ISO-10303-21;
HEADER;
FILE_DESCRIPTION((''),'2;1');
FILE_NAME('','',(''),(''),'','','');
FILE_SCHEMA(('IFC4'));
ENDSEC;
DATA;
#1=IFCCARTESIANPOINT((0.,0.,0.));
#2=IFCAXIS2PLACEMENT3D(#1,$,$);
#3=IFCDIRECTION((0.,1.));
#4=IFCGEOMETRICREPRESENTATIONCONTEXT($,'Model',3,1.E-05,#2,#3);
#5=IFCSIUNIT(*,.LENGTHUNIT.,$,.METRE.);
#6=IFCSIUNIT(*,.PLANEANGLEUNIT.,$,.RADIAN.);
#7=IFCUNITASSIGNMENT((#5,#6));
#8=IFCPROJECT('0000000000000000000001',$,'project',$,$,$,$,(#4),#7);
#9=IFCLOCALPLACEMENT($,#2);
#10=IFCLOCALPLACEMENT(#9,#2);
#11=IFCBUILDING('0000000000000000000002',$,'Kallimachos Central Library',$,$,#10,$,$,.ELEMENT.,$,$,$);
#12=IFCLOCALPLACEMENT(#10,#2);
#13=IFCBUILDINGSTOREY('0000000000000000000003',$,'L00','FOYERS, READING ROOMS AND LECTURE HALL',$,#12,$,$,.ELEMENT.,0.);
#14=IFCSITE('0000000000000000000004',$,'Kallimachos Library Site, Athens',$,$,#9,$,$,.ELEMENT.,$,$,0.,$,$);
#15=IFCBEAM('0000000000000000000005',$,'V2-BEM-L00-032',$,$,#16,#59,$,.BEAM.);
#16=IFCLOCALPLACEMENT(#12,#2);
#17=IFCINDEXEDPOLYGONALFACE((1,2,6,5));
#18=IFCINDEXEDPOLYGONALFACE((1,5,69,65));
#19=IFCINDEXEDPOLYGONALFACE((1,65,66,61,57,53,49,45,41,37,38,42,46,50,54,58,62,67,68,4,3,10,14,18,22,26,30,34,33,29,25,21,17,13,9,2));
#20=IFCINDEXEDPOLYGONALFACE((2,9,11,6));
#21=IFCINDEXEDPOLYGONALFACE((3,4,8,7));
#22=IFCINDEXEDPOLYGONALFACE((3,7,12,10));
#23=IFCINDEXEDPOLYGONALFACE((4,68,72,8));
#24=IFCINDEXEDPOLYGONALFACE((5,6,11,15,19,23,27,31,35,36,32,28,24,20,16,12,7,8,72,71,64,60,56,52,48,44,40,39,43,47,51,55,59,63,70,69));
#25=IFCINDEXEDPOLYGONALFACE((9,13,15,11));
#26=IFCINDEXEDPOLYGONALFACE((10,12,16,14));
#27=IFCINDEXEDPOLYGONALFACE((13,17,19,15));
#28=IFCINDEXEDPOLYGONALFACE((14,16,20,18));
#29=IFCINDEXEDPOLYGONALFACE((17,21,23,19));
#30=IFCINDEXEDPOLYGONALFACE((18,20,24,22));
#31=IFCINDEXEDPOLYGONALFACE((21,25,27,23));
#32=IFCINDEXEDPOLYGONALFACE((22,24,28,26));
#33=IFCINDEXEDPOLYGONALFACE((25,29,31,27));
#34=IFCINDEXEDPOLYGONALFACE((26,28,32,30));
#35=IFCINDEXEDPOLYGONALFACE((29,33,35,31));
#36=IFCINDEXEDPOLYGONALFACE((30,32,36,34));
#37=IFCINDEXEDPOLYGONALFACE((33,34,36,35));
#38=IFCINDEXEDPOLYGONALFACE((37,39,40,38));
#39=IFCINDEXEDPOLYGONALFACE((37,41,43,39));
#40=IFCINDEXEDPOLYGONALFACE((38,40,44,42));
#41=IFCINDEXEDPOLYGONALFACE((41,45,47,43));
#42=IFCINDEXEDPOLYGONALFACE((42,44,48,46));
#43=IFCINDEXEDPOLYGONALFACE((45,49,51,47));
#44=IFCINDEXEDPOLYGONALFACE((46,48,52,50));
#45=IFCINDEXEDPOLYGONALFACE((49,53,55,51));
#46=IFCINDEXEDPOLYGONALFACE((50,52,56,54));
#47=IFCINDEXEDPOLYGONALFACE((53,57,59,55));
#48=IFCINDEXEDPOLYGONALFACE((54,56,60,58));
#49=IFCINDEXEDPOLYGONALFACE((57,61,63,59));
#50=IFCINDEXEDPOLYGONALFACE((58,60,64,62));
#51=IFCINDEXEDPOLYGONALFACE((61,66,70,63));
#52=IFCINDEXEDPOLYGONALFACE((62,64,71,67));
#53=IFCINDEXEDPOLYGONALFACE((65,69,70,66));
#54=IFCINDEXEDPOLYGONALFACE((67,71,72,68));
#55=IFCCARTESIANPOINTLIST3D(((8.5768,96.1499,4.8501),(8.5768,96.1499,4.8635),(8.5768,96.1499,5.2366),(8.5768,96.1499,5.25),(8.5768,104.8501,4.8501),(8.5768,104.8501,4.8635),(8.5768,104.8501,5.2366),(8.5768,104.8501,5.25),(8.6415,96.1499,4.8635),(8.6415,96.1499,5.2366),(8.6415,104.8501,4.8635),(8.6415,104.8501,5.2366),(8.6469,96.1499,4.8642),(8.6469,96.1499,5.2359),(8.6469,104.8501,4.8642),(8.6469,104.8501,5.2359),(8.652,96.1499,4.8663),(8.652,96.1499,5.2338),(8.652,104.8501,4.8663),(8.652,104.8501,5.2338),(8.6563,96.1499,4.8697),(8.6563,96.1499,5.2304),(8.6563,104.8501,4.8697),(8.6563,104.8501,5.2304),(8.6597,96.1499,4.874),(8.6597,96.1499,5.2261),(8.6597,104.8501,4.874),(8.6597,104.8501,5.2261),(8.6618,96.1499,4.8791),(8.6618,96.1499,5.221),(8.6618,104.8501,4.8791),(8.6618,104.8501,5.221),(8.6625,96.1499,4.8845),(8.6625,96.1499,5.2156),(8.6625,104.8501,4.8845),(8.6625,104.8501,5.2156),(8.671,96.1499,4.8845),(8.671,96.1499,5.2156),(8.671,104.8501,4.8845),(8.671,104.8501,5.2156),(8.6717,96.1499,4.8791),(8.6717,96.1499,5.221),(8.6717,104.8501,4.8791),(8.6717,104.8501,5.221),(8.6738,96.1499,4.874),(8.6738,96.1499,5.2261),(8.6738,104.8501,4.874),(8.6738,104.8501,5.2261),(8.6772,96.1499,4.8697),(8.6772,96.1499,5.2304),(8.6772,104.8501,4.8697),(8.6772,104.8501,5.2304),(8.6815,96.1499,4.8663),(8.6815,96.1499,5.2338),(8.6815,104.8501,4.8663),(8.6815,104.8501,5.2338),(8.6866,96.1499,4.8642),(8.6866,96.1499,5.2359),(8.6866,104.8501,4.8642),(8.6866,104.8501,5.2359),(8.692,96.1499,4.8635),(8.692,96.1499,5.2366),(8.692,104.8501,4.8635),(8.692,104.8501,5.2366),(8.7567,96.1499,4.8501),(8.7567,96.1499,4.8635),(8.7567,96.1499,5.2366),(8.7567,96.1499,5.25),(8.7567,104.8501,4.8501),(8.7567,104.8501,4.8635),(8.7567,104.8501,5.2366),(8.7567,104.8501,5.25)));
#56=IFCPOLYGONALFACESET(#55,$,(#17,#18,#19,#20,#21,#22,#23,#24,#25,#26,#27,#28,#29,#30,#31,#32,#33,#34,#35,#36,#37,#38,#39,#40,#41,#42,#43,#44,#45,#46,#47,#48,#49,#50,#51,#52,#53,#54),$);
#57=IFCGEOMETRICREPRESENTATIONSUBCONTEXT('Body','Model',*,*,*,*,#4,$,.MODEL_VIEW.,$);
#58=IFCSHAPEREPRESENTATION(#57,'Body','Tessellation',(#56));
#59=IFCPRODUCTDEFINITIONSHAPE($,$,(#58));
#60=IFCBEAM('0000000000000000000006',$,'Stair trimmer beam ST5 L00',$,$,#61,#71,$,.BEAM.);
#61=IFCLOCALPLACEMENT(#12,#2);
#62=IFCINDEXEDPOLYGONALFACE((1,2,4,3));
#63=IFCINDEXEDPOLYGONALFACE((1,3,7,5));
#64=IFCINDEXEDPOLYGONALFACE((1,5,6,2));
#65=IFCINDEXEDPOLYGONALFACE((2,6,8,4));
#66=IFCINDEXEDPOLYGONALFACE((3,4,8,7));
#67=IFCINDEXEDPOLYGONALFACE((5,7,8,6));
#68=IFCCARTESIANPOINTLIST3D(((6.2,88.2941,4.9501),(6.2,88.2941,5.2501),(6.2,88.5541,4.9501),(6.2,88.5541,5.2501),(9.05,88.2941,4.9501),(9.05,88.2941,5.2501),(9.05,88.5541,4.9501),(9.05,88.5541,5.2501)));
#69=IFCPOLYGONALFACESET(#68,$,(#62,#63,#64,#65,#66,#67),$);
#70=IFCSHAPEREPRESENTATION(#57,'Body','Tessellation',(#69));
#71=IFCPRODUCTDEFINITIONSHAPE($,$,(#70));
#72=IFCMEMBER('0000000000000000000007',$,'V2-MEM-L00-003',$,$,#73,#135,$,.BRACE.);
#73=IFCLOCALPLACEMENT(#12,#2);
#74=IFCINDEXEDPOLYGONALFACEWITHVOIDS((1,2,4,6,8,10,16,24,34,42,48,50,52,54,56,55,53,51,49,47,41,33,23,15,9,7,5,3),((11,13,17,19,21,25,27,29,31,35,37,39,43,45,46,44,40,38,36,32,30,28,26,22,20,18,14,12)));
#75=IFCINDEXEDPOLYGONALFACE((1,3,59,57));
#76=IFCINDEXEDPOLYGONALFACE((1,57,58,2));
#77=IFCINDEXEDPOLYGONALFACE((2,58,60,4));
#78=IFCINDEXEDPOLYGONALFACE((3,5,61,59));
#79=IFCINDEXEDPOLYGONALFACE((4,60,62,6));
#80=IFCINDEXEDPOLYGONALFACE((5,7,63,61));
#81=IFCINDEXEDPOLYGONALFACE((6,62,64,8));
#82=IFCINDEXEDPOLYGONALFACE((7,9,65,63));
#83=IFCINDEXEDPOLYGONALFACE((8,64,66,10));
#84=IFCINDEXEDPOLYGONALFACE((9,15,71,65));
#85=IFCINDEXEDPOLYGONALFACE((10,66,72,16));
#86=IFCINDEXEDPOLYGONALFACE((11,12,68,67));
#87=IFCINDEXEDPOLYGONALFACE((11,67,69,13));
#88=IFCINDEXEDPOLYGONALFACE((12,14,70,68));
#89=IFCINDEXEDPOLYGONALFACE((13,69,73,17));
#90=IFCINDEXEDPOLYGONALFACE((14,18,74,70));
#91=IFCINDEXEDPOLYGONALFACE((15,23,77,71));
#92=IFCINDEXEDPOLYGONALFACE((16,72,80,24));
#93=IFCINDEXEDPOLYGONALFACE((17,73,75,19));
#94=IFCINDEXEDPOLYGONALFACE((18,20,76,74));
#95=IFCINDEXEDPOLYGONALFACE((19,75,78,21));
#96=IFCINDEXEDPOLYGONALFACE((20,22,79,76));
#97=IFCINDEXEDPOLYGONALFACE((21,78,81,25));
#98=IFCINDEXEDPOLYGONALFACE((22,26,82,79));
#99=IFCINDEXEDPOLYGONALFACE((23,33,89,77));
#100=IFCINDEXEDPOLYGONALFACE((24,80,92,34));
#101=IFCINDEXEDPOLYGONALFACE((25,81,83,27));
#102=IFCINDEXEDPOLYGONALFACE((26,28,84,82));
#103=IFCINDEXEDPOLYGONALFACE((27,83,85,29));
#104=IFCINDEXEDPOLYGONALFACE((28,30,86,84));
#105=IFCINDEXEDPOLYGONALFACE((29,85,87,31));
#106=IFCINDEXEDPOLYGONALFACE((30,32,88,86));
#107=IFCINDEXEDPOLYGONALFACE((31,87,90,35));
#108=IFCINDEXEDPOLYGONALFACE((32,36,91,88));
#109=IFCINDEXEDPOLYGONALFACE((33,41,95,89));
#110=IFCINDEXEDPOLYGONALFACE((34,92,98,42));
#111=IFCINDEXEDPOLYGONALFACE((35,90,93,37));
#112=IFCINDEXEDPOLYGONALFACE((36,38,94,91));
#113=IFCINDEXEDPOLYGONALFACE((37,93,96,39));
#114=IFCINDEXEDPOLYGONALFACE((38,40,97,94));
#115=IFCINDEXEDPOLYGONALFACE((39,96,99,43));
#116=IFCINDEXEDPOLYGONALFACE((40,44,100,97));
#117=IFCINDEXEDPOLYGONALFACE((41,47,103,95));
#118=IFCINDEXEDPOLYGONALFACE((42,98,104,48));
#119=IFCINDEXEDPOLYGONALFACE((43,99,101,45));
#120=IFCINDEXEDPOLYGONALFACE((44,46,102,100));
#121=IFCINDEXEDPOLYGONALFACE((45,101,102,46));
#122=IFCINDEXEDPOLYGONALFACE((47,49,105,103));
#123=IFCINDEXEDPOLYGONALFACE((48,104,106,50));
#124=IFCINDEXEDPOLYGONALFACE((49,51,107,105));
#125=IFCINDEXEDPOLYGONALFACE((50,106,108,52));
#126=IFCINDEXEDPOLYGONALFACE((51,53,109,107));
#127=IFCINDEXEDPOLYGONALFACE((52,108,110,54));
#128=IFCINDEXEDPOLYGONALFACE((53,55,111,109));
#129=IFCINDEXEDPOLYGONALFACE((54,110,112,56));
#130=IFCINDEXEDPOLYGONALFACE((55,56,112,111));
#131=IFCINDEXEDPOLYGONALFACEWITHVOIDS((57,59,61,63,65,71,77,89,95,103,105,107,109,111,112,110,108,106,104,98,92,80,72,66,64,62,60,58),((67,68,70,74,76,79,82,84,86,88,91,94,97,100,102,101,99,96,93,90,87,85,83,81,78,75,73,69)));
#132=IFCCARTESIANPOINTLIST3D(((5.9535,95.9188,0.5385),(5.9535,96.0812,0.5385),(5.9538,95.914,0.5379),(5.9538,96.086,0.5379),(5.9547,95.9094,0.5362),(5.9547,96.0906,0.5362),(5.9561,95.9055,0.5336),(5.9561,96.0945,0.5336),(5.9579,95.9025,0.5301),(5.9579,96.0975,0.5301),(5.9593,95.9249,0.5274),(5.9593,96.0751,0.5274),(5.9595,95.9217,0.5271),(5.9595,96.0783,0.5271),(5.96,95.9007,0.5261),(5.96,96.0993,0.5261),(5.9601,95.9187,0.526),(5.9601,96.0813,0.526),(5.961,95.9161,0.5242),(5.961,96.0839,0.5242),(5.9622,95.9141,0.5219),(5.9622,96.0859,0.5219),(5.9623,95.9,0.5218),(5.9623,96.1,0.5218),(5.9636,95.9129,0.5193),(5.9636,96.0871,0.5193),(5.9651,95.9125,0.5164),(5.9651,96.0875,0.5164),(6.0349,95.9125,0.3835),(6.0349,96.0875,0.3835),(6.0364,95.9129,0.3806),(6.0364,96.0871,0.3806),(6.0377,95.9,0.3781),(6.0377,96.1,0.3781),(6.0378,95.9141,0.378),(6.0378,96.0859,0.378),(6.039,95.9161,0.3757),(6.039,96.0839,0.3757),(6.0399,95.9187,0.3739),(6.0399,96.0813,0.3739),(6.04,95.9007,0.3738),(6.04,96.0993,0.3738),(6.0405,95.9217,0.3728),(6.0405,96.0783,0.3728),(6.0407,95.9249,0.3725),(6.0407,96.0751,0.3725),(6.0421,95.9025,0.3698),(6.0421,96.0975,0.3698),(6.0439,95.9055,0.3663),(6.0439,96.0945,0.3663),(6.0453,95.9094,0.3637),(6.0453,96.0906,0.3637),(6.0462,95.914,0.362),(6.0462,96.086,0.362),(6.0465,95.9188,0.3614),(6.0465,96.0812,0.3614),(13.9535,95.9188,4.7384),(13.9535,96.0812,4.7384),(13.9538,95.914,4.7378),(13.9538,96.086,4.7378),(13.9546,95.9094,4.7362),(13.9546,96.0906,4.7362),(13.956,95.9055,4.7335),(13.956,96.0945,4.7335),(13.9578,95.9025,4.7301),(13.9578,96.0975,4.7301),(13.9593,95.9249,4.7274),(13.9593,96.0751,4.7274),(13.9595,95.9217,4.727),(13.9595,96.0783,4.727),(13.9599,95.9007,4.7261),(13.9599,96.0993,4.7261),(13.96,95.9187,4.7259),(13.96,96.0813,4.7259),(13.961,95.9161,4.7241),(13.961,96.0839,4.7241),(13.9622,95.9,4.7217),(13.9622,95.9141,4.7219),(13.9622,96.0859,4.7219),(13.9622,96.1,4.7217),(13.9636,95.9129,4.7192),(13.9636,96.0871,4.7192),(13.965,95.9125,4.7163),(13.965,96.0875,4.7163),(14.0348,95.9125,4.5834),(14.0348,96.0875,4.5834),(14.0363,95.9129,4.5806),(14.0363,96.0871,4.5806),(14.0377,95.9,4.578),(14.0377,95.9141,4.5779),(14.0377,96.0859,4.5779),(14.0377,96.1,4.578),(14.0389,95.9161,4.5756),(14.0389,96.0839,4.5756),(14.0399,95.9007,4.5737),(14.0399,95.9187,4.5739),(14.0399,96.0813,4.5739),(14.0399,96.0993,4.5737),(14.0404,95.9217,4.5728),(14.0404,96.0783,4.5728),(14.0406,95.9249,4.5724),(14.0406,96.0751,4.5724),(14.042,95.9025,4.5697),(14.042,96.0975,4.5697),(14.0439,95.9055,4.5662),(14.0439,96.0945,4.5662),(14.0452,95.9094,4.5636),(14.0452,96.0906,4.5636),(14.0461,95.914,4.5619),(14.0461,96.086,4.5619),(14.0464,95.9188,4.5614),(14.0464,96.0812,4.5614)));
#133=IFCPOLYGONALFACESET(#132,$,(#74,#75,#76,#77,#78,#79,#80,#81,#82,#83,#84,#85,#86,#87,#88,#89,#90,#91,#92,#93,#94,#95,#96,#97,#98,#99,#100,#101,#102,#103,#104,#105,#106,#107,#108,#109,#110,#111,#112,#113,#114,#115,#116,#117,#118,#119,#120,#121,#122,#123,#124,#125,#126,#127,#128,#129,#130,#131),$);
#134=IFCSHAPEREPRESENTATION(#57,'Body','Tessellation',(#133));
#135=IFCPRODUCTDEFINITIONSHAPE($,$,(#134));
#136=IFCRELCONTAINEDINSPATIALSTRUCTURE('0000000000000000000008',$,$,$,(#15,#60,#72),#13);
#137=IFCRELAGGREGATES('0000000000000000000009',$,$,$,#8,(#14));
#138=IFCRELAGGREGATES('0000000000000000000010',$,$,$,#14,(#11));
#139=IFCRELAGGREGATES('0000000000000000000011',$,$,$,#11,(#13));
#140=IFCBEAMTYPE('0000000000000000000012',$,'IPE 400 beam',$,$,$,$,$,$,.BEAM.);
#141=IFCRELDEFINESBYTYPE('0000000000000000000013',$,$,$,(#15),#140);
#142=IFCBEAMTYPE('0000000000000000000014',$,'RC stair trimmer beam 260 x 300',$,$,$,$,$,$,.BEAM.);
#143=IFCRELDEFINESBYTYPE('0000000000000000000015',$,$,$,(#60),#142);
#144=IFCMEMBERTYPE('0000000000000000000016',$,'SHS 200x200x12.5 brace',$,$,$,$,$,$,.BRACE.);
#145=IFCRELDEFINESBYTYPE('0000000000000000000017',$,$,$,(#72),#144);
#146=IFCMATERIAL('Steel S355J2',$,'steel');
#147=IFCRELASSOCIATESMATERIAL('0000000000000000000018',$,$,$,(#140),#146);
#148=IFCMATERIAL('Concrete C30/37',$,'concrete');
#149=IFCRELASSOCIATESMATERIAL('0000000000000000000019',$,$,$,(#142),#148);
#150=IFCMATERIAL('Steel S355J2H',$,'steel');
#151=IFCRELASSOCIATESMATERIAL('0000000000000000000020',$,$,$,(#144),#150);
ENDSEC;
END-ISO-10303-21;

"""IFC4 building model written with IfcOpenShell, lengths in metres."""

from ifc_helpers import new_model, si_unit, direction, frame, origin, origin_2d, place, context, subcontext, project, spatial, rectangle, hollow_rectangle, i_section, extrude, material, material_profile, profile_set, type_object, element, save


model = new_model("IFC4")

# Units and contexts
model_context = context("Model", 3, precision=1e-05, world=origin(), true_north=direction((0.0, 1.0)))
body_context = subcontext(model_context, "Body", "Model", "MODEL_VIEW")
ifc_project = project(units=[si_unit("LENGTHUNIT", "METRE"), si_unit("PLANEANGLEUNIT", "RADIAN")], contexts=[model_context])

# Site, building, storey
site_placement = place(None, origin())
site = spatial("IfcSite", under=ifc_project, at=site_placement, Name="Kallimachos Library Site, Athens", CompositionType="ELEMENT", RefElevation=0.0)
building_placement = place(site_placement, origin())
building = spatial("IfcBuilding", under=site, at=building_placement, Name="Kallimachos Central Library", CompositionType="ELEMENT")
storey_placement = place(building_placement, origin())
storey = spatial("IfcBuildingStorey", under=building, at=storey_placement, Name="L00", Description="FOYERS, READING ROOMS AND LECTURE HALL", CompositionType="ELEMENT", Elevation=0.0)

# Beams
ifc_material_1 = material(Name="Steel S355J2", Category="steel")
ifc_material_profile_1 = material_profile(ifc_material_1, i_section(OverallWidth=0.1799, OverallDepth=0.3999, WebThickness=0.0085, FlangeThickness=0.0134, FilletRadius=0.021, at=origin_2d()), Name="IPE 400")
ifc_profile_set_1 = profile_set([ifc_material_profile_1], Name="Steel S355J2")
beam_type_1 = type_object("IfcBeamType", Name="IPE 400 beam", PredefinedType="BEAM", material=ifc_profile_set_1)
beam_1_placement = place(storey_placement, frame((8.6667, 96.1499, 5.05), z_axis=(0.0, 1.0, 0.0), x_axis=(-1.0, 0.0, 0.0)))
element("IfcBeam", 1, at=beam_1_placement, inside=storey, type_object=beam_type_1, Name="V2-BEM-L00-032", PredefinedType="BEAM", context=body_context, shape_type="SweptSolid", body=[
    extrude(i_section(OverallWidth=0.1799, OverallDepth=0.3999, WebThickness=0.0085, FlangeThickness=0.0134, FilletRadius=0.021, at=origin_2d()), origin(), (0.0, 0.0, 1.0), 8.7002),
])
ifc_material_2 = material(Name="Concrete C30/37", Category="concrete")
ifc_material_profile_2 = material_profile(ifc_material_2, rectangle(XDim=0.26, YDim=0.3, at=origin_2d()), Name="RC stair trimmer beam 260 x 300")
ifc_profile_set_2 = profile_set([ifc_material_profile_2], Name="Concrete C30/37")
beam_type_2 = type_object("IfcBeamType", Name="RC stair trimmer beam 260 x 300", PredefinedType="BEAM", material=ifc_profile_set_2)
beam_2_placement = place(storey_placement, frame((9.05, 88.4241, 5.1001), z_axis=(-1.0, 0.0, 0.0), x_axis=(0.0, -1.0, 0.0)))
element("IfcBeam", 2, at=beam_2_placement, inside=storey, type_object=beam_type_2, Name="Stair trimmer beam ST5 L00", PredefinedType="BEAM", context=body_context, shape_type="SweptSolid", body=[
    extrude(rectangle(XDim=0.26, YDim=0.3, at=origin_2d()), origin(), (0.0, 0.0, 1.0), 2.8501),
])

# Member
ifc_material_3 = material(Name="Steel S355J2H", Category="steel")
ifc_material_profile_3 = material_profile(ifc_material_3, hollow_rectangle(XDim=0.2, YDim=0.2, WallThickness=0.0125, InnerFilletRadius=0.0125, OuterFilletRadius=0.0188, at=origin_2d()), Name="SHS 200x200x12.5")
ifc_profile_set_3 = profile_set([ifc_material_profile_3], Name="Steel S355J2H")
member_type = type_object("IfcMemberType", Name="SHS 200x200x12.5 brace", PredefinedType="BRACE", material=ifc_profile_set_3)
for number, where, z_axis, x_axis, name in (
    (3, (6.0, 96.0, 0.45), (0.8854, 0.0, 0.46483), (0.0, 1.0, 0.0), "V2-MEM-L00-003"),
):
    element("IfcMember", number, at=place(storey_placement, frame(where, z_axis=z_axis, x_axis=x_axis)), inside=storey, type_object=member_type, Name=name, PredefinedType="BRACE", context=body_context, shape_type="SweptSolid", body=[
        extrude(hollow_rectangle(XDim=0.2, YDim=0.2, WallThickness=0.0125, InnerFilletRadius=0.0125, OuterFilletRadius=0.0188, at=origin_2d()), origin(), (0.0, 0.0, 1.0), 9.0354),
    ])

save(model, "model.ifc")
